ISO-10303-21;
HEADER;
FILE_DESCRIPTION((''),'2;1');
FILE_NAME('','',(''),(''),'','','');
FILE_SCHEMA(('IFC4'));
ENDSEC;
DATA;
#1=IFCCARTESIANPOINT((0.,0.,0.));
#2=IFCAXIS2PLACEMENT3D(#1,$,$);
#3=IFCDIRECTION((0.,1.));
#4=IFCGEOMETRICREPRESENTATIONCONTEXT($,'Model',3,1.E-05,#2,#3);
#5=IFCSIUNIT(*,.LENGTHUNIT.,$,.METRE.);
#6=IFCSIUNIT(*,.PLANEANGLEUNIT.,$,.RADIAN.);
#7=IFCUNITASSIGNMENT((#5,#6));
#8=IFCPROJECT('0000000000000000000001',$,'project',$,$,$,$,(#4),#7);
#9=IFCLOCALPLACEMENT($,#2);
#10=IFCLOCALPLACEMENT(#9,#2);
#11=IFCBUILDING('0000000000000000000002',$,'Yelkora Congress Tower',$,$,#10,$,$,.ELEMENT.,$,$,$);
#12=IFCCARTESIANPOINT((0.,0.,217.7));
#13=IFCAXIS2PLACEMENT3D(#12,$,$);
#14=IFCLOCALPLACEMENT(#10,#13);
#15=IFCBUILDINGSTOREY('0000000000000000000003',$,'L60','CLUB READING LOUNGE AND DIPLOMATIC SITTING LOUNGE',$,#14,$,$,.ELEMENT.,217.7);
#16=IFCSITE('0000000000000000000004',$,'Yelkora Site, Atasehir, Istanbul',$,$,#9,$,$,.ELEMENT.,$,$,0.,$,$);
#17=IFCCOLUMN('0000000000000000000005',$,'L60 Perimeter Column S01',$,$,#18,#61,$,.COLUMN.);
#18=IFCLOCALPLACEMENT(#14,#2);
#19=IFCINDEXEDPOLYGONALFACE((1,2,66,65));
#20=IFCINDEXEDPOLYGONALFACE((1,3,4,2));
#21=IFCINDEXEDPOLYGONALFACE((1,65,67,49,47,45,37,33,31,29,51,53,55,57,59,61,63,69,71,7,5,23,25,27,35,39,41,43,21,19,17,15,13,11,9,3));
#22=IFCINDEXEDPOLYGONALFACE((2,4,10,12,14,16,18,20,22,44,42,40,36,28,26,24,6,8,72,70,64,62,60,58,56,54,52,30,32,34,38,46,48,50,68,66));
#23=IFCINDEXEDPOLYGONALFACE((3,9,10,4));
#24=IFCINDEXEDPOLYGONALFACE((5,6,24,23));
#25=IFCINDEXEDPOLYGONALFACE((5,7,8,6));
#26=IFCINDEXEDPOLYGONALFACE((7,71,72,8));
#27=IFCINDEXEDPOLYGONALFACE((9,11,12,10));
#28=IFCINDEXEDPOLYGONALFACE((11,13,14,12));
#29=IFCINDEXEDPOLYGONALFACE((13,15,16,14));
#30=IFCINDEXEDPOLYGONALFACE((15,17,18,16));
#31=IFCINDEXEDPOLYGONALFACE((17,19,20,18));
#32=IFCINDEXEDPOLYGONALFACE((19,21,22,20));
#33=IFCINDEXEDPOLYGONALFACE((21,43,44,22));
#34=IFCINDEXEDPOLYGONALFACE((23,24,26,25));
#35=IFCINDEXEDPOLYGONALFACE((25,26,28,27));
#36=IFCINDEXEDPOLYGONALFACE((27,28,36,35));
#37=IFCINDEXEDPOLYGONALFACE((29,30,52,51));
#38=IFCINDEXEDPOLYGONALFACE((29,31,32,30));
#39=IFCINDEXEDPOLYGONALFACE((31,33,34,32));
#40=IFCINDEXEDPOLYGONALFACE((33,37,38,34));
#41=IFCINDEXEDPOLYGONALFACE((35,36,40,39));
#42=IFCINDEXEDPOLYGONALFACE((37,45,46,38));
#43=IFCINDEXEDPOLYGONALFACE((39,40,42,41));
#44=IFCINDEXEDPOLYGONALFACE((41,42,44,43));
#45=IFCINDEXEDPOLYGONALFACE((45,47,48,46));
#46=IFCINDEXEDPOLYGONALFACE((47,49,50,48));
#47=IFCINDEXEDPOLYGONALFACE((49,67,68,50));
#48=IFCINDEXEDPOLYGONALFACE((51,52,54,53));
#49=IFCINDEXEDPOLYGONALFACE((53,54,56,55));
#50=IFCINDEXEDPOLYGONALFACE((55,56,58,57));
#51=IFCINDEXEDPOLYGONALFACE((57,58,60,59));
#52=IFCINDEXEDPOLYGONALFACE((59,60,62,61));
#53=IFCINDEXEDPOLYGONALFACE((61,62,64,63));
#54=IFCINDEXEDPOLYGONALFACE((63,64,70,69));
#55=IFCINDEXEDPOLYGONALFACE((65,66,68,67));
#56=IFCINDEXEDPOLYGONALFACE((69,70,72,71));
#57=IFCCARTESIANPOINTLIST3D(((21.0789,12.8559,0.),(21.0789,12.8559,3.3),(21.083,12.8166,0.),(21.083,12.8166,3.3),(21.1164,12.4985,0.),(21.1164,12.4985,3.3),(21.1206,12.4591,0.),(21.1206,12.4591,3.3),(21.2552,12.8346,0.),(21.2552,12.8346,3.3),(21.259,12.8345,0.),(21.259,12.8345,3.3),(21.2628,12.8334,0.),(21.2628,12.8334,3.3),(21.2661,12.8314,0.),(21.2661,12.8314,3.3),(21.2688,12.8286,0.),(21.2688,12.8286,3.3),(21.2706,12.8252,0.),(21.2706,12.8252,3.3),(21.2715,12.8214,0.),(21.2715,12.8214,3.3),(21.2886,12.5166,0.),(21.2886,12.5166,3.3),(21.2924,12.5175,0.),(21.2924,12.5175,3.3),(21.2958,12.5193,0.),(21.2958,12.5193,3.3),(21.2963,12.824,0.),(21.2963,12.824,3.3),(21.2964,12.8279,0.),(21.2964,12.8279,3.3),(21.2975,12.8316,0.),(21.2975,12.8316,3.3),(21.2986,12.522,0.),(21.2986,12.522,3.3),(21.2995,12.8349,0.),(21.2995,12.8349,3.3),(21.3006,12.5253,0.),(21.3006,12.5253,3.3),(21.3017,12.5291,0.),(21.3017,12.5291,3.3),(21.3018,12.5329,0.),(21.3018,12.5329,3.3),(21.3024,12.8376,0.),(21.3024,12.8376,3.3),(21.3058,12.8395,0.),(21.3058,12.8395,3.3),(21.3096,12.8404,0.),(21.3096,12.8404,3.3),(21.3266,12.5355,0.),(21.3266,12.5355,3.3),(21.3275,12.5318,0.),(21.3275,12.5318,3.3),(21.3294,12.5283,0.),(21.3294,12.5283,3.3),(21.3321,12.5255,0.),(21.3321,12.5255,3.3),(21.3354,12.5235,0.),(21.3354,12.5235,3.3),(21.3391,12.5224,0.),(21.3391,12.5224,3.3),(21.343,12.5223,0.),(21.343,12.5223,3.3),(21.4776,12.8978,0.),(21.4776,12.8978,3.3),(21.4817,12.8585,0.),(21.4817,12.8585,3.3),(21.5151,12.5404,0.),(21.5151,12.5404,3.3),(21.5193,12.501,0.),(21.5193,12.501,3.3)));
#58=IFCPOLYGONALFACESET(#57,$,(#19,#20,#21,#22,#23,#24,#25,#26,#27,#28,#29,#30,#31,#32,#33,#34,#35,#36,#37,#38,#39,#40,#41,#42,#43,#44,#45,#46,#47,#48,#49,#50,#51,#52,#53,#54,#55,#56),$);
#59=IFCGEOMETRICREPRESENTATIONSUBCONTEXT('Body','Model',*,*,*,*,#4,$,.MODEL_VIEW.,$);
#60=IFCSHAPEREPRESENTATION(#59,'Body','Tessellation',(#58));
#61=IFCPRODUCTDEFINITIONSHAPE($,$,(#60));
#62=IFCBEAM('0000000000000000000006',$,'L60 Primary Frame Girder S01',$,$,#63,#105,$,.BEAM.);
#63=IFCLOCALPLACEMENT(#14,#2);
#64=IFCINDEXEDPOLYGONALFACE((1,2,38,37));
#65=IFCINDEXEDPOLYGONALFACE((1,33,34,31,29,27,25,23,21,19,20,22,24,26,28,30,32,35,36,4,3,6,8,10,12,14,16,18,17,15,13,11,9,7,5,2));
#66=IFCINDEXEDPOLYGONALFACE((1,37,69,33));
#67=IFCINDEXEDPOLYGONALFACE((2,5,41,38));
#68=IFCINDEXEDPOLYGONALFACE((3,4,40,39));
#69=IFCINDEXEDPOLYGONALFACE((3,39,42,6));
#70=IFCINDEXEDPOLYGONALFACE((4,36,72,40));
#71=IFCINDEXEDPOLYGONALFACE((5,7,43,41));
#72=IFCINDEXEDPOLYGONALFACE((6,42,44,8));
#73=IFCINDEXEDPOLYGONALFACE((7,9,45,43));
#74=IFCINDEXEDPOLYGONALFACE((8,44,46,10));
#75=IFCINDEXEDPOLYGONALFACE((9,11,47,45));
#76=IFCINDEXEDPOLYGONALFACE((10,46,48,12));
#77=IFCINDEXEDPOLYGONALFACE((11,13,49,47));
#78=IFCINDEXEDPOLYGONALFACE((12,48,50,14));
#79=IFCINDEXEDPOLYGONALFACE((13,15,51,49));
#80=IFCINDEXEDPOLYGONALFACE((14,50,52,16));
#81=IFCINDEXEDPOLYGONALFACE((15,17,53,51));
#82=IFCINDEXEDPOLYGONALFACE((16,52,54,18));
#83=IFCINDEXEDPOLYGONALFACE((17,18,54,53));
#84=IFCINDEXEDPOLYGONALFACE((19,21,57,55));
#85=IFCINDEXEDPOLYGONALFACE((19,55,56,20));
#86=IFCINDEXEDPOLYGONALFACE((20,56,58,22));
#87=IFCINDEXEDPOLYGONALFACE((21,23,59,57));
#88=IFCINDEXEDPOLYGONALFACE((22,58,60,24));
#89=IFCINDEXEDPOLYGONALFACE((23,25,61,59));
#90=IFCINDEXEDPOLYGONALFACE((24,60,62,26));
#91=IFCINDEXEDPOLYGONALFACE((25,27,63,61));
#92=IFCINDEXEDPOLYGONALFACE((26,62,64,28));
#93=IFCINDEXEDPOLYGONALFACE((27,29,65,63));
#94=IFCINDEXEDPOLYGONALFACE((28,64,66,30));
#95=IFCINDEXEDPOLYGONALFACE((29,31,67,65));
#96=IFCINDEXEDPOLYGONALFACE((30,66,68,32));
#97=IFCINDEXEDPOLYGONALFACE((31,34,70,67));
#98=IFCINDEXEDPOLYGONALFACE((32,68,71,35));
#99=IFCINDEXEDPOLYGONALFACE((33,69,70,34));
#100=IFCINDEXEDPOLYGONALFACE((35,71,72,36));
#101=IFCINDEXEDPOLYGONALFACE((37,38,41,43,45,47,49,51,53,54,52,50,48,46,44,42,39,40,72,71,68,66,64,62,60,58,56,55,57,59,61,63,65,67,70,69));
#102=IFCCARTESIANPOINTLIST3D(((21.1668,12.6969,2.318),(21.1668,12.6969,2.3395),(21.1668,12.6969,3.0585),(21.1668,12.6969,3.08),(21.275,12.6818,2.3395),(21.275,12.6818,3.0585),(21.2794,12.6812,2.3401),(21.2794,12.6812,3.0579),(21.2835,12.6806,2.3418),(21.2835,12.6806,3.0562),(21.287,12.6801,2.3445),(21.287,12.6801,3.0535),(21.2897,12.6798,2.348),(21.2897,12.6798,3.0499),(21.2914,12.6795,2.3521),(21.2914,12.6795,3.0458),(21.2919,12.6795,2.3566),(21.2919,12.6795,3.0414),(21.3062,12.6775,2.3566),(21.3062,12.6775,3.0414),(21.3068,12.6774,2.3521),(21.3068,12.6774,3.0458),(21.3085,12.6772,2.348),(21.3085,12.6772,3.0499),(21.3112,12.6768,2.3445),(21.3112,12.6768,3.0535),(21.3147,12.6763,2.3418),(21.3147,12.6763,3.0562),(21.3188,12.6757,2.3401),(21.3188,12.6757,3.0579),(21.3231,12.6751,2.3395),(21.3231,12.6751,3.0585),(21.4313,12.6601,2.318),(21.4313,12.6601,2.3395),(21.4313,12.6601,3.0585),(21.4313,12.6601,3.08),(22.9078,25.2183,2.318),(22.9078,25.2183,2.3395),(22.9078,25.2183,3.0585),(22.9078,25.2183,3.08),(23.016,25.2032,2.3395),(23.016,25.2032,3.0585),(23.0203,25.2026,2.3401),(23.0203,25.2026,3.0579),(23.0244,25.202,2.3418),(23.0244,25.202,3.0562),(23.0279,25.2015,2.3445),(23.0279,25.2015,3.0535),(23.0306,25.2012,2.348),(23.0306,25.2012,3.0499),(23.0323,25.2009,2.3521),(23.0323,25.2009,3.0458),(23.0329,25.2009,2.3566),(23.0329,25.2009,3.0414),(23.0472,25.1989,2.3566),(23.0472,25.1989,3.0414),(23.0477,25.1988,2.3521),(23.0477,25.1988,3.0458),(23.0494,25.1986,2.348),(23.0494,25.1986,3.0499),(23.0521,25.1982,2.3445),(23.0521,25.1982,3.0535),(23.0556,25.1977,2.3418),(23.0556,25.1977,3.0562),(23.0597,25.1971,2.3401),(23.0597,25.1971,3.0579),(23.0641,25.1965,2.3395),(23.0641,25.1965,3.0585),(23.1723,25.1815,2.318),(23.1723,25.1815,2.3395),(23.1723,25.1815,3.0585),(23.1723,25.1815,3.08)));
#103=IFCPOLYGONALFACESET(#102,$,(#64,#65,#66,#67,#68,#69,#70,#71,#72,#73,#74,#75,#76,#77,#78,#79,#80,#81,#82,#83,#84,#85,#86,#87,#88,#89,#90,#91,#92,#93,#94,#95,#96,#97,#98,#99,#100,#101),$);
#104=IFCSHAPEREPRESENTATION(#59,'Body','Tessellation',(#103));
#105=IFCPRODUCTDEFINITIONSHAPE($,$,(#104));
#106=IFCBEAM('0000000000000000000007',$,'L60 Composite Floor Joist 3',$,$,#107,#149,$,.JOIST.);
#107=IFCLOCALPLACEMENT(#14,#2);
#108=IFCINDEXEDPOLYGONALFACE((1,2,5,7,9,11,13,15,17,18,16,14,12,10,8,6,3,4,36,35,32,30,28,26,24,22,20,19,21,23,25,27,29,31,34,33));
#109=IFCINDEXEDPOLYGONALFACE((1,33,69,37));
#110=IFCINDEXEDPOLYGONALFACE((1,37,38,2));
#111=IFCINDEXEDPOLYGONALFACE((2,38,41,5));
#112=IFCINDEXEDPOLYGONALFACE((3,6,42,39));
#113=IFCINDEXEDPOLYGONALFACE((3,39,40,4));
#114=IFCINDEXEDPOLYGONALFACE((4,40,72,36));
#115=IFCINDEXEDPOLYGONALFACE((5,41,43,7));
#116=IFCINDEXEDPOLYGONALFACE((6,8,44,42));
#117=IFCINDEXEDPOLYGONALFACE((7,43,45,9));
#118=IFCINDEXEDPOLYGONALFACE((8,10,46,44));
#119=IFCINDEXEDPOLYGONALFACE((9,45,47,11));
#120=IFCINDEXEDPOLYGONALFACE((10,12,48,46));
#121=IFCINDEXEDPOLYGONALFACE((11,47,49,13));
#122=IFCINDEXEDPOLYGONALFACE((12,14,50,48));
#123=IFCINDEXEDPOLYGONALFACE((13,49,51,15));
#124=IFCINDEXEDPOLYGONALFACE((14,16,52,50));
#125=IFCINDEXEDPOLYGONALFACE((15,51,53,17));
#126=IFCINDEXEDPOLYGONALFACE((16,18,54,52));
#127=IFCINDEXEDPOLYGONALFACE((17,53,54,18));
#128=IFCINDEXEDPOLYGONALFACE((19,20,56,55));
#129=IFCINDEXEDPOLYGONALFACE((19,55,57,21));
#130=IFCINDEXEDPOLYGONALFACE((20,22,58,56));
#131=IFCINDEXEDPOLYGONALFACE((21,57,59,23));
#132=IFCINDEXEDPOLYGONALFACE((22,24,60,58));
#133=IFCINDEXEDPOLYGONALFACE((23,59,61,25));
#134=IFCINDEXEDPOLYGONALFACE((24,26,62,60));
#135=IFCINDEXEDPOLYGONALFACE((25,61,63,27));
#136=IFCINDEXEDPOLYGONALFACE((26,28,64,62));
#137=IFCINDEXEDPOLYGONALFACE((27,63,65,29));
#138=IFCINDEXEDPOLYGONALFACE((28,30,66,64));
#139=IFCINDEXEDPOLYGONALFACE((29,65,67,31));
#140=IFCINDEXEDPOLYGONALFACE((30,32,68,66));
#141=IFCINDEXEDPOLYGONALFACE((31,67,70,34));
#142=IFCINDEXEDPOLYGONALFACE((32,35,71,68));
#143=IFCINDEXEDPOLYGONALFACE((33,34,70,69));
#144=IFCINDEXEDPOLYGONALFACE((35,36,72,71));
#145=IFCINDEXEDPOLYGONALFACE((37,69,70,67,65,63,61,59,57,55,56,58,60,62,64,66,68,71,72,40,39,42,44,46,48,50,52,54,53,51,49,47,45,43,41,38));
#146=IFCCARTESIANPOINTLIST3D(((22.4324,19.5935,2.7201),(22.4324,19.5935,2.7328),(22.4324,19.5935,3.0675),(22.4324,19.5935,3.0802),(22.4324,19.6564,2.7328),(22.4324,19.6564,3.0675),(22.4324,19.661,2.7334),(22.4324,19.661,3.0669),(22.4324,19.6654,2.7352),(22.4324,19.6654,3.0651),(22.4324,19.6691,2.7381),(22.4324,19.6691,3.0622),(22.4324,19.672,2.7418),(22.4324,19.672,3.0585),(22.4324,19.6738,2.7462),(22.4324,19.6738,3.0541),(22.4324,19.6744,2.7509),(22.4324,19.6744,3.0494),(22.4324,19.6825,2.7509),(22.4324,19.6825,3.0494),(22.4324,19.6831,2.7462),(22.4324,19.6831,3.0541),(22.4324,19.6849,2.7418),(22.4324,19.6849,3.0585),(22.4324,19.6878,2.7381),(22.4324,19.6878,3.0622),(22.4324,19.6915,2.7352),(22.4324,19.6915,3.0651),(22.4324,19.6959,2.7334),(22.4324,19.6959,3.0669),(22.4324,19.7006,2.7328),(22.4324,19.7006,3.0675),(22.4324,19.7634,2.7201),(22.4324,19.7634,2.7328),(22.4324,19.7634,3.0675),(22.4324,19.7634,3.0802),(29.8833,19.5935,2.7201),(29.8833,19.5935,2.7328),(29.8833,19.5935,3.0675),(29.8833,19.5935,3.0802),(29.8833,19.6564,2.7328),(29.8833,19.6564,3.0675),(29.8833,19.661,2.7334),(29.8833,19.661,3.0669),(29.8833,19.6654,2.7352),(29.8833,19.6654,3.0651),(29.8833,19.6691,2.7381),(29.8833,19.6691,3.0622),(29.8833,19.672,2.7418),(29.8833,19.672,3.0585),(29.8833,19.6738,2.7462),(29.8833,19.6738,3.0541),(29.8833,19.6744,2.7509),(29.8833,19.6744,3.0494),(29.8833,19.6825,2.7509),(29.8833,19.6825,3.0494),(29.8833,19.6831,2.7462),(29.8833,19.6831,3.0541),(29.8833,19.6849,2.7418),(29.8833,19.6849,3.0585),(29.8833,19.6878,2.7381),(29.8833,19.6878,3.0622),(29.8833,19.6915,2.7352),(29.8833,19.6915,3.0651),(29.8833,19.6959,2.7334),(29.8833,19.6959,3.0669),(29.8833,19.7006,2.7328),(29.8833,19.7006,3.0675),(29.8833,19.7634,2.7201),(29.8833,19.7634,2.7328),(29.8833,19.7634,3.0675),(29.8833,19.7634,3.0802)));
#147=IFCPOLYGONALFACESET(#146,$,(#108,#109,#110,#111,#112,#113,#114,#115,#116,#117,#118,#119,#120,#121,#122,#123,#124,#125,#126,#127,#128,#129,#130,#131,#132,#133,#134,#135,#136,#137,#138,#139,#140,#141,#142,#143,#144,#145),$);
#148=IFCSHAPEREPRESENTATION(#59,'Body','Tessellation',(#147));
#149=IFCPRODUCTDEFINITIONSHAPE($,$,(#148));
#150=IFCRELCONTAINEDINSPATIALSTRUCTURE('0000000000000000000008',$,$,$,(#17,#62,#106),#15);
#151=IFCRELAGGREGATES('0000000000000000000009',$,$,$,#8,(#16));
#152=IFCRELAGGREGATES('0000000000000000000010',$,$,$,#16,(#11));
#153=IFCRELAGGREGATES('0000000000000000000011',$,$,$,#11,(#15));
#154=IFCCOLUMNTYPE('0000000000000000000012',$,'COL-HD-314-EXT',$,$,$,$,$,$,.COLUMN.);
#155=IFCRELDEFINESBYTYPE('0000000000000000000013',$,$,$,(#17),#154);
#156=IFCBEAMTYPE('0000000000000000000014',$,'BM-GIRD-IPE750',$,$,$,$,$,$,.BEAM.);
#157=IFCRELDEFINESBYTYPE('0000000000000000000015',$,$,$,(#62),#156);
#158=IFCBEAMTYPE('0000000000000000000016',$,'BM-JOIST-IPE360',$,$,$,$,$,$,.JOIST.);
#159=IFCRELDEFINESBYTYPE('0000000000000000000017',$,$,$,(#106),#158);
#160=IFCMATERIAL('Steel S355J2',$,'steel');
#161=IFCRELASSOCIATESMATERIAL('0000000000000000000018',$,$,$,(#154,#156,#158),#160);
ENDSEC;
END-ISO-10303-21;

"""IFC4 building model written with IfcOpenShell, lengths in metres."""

from ifc_helpers import new_model, si_unit, direction, frame, origin, origin_2d, place, context, subcontext, project, spatial, i_section, extrude, material, material_profile, profile_set, type_object, element, save


model = new_model("IFC4")

# Units and contexts
model_context = context("Model", 3, precision=1e-05, world=origin(), true_north=direction((0.0, 1.0)))
body_context = subcontext(model_context, "Body", "Model", "MODEL_VIEW")
ifc_project = project(units=[si_unit("LENGTHUNIT", "METRE"), si_unit("PLANEANGLEUNIT", "RADIAN")], contexts=[model_context])

# Site, building, storey
site_placement = place(None, origin())
site = spatial("IfcSite", under=ifc_project, at=site_placement, Name="Yelkora Site, Atasehir, Istanbul", CompositionType="ELEMENT", RefElevation=0.0)
building_placement = place(site_placement, origin())
building = spatial("IfcBuilding", under=site, at=building_placement, Name="Yelkora Congress Tower", CompositionType="ELEMENT")
storey_placement = place(building_placement, frame((0.0, 0.0, 217.7)))
storey = spatial("IfcBuildingStorey", under=building, at=storey_placement, Name="L60", Description="CLUB READING LOUNGE AND DIPLOMATIC SITTING LOUNGE", CompositionType="ELEMENT", Elevation=217.7)

# Column
ifc_material_1 = material(Name="Steel S355J2", Category="steel")
ifc_material_profile_1 = material_profile(ifc_material_1, i_section(OverallWidth=0.4009, OverallDepth=0.3989, WebThickness=0.0249, FlangeThickness=0.0396, FilletRadius=0.0149, at=origin_2d()), Name="HD 400x314")
ifc_profile_set_1 = profile_set([ifc_material_profile_1], Name="Steel S355J2")
column_type = type_object("IfcColumnType", Name="COL-HD-314-EXT", PredefinedType="COLUMN", material=ifc_profile_set_1)
column_placement = place(storey_placement, frame((21.2991, 12.6785, 0.0), z_axis=(0.0, 0.0, 1.0), x_axis=(0.994522, 0.104528, 0.0)))
element("IfcColumn", 1, at=column_placement, inside=storey, type_object=column_type, Name="L60 Perimeter Column S01", PredefinedType="COLUMN", context=body_context, shape_type="SweptSolid", body=[
    extrude(i_section(OverallWidth=0.4009, OverallDepth=0.3989, WebThickness=0.0249, FlangeThickness=0.0396, FilletRadius=0.0149, at=origin_2d()), origin(), (0.0, 0.0, 1.0), 3.3),
])

# Beams
ifc_material_profile_2 = material_profile(ifc_material_1, i_section(OverallWidth=0.2671, OverallDepth=0.762, WebThickness=0.0144, FlangeThickness=0.0215, FilletRadius=0.0171, at=origin_2d()), Name="IPE 750x173")
ifc_profile_set_2 = profile_set([ifc_material_profile_2], Name="Steel S355J2")
beam_type_1 = type_object("IfcBeamType", Name="BM-GIRD-IPE750", PredefinedType="BEAM", material=ifc_profile_set_2)
beam_1_placement = place(storey_placement, frame((21.2991, 12.6785, 2.699), z_axis=(0.137714, 0.990472, 0.0), x_axis=(-0.990472, 0.137714, 0.0)))
element("IfcBeam", 2, at=beam_1_placement, inside=storey, type_object=beam_type_1, Name="L60 Primary Frame Girder S01", PredefinedType="BEAM", context=body_context, shape_type="SweptSolid", body=[
    extrude(i_section(OverallWidth=0.2671, OverallDepth=0.762, WebThickness=0.0144, FlangeThickness=0.0215, FilletRadius=0.0171, at=origin_2d()), origin(), (0.0, 0.0, 1.0), 12.6418),
])
ifc_material_profile_3 = material_profile(ifc_material_1, i_section(OverallWidth=0.1699, OverallDepth=0.3601, WebThickness=0.0081, FlangeThickness=0.0127, FilletRadius=0.0181, at=origin_2d()), Name="IPE 360")
ifc_profile_set_3 = profile_set([ifc_material_profile_3], Name="Steel S355J2")
beam_type_2 = type_object("IfcBeamType", Name="BM-JOIST-IPE360", PredefinedType="JOIST", material=ifc_profile_set_3)
beam_2_placement = place(storey_placement, frame((22.4324, 19.6785, 2.9001), z_axis=(1.0, 0.0, 0.0), x_axis=(0.0, 1.0, 0.0)))
element("IfcBeam", 3, at=beam_2_placement, inside=storey, type_object=beam_type_2, Name="L60 Composite Floor Joist 3", PredefinedType="JOIST", context=body_context, shape_type="SweptSolid", body=[
    extrude(i_section(OverallWidth=0.1699, OverallDepth=0.3601, WebThickness=0.0081, FlangeThickness=0.0127, FilletRadius=0.0181, at=origin_2d()), origin(), (0.0, 0.0, 1.0), 7.4509),
])

save(model, "model.ifc")
